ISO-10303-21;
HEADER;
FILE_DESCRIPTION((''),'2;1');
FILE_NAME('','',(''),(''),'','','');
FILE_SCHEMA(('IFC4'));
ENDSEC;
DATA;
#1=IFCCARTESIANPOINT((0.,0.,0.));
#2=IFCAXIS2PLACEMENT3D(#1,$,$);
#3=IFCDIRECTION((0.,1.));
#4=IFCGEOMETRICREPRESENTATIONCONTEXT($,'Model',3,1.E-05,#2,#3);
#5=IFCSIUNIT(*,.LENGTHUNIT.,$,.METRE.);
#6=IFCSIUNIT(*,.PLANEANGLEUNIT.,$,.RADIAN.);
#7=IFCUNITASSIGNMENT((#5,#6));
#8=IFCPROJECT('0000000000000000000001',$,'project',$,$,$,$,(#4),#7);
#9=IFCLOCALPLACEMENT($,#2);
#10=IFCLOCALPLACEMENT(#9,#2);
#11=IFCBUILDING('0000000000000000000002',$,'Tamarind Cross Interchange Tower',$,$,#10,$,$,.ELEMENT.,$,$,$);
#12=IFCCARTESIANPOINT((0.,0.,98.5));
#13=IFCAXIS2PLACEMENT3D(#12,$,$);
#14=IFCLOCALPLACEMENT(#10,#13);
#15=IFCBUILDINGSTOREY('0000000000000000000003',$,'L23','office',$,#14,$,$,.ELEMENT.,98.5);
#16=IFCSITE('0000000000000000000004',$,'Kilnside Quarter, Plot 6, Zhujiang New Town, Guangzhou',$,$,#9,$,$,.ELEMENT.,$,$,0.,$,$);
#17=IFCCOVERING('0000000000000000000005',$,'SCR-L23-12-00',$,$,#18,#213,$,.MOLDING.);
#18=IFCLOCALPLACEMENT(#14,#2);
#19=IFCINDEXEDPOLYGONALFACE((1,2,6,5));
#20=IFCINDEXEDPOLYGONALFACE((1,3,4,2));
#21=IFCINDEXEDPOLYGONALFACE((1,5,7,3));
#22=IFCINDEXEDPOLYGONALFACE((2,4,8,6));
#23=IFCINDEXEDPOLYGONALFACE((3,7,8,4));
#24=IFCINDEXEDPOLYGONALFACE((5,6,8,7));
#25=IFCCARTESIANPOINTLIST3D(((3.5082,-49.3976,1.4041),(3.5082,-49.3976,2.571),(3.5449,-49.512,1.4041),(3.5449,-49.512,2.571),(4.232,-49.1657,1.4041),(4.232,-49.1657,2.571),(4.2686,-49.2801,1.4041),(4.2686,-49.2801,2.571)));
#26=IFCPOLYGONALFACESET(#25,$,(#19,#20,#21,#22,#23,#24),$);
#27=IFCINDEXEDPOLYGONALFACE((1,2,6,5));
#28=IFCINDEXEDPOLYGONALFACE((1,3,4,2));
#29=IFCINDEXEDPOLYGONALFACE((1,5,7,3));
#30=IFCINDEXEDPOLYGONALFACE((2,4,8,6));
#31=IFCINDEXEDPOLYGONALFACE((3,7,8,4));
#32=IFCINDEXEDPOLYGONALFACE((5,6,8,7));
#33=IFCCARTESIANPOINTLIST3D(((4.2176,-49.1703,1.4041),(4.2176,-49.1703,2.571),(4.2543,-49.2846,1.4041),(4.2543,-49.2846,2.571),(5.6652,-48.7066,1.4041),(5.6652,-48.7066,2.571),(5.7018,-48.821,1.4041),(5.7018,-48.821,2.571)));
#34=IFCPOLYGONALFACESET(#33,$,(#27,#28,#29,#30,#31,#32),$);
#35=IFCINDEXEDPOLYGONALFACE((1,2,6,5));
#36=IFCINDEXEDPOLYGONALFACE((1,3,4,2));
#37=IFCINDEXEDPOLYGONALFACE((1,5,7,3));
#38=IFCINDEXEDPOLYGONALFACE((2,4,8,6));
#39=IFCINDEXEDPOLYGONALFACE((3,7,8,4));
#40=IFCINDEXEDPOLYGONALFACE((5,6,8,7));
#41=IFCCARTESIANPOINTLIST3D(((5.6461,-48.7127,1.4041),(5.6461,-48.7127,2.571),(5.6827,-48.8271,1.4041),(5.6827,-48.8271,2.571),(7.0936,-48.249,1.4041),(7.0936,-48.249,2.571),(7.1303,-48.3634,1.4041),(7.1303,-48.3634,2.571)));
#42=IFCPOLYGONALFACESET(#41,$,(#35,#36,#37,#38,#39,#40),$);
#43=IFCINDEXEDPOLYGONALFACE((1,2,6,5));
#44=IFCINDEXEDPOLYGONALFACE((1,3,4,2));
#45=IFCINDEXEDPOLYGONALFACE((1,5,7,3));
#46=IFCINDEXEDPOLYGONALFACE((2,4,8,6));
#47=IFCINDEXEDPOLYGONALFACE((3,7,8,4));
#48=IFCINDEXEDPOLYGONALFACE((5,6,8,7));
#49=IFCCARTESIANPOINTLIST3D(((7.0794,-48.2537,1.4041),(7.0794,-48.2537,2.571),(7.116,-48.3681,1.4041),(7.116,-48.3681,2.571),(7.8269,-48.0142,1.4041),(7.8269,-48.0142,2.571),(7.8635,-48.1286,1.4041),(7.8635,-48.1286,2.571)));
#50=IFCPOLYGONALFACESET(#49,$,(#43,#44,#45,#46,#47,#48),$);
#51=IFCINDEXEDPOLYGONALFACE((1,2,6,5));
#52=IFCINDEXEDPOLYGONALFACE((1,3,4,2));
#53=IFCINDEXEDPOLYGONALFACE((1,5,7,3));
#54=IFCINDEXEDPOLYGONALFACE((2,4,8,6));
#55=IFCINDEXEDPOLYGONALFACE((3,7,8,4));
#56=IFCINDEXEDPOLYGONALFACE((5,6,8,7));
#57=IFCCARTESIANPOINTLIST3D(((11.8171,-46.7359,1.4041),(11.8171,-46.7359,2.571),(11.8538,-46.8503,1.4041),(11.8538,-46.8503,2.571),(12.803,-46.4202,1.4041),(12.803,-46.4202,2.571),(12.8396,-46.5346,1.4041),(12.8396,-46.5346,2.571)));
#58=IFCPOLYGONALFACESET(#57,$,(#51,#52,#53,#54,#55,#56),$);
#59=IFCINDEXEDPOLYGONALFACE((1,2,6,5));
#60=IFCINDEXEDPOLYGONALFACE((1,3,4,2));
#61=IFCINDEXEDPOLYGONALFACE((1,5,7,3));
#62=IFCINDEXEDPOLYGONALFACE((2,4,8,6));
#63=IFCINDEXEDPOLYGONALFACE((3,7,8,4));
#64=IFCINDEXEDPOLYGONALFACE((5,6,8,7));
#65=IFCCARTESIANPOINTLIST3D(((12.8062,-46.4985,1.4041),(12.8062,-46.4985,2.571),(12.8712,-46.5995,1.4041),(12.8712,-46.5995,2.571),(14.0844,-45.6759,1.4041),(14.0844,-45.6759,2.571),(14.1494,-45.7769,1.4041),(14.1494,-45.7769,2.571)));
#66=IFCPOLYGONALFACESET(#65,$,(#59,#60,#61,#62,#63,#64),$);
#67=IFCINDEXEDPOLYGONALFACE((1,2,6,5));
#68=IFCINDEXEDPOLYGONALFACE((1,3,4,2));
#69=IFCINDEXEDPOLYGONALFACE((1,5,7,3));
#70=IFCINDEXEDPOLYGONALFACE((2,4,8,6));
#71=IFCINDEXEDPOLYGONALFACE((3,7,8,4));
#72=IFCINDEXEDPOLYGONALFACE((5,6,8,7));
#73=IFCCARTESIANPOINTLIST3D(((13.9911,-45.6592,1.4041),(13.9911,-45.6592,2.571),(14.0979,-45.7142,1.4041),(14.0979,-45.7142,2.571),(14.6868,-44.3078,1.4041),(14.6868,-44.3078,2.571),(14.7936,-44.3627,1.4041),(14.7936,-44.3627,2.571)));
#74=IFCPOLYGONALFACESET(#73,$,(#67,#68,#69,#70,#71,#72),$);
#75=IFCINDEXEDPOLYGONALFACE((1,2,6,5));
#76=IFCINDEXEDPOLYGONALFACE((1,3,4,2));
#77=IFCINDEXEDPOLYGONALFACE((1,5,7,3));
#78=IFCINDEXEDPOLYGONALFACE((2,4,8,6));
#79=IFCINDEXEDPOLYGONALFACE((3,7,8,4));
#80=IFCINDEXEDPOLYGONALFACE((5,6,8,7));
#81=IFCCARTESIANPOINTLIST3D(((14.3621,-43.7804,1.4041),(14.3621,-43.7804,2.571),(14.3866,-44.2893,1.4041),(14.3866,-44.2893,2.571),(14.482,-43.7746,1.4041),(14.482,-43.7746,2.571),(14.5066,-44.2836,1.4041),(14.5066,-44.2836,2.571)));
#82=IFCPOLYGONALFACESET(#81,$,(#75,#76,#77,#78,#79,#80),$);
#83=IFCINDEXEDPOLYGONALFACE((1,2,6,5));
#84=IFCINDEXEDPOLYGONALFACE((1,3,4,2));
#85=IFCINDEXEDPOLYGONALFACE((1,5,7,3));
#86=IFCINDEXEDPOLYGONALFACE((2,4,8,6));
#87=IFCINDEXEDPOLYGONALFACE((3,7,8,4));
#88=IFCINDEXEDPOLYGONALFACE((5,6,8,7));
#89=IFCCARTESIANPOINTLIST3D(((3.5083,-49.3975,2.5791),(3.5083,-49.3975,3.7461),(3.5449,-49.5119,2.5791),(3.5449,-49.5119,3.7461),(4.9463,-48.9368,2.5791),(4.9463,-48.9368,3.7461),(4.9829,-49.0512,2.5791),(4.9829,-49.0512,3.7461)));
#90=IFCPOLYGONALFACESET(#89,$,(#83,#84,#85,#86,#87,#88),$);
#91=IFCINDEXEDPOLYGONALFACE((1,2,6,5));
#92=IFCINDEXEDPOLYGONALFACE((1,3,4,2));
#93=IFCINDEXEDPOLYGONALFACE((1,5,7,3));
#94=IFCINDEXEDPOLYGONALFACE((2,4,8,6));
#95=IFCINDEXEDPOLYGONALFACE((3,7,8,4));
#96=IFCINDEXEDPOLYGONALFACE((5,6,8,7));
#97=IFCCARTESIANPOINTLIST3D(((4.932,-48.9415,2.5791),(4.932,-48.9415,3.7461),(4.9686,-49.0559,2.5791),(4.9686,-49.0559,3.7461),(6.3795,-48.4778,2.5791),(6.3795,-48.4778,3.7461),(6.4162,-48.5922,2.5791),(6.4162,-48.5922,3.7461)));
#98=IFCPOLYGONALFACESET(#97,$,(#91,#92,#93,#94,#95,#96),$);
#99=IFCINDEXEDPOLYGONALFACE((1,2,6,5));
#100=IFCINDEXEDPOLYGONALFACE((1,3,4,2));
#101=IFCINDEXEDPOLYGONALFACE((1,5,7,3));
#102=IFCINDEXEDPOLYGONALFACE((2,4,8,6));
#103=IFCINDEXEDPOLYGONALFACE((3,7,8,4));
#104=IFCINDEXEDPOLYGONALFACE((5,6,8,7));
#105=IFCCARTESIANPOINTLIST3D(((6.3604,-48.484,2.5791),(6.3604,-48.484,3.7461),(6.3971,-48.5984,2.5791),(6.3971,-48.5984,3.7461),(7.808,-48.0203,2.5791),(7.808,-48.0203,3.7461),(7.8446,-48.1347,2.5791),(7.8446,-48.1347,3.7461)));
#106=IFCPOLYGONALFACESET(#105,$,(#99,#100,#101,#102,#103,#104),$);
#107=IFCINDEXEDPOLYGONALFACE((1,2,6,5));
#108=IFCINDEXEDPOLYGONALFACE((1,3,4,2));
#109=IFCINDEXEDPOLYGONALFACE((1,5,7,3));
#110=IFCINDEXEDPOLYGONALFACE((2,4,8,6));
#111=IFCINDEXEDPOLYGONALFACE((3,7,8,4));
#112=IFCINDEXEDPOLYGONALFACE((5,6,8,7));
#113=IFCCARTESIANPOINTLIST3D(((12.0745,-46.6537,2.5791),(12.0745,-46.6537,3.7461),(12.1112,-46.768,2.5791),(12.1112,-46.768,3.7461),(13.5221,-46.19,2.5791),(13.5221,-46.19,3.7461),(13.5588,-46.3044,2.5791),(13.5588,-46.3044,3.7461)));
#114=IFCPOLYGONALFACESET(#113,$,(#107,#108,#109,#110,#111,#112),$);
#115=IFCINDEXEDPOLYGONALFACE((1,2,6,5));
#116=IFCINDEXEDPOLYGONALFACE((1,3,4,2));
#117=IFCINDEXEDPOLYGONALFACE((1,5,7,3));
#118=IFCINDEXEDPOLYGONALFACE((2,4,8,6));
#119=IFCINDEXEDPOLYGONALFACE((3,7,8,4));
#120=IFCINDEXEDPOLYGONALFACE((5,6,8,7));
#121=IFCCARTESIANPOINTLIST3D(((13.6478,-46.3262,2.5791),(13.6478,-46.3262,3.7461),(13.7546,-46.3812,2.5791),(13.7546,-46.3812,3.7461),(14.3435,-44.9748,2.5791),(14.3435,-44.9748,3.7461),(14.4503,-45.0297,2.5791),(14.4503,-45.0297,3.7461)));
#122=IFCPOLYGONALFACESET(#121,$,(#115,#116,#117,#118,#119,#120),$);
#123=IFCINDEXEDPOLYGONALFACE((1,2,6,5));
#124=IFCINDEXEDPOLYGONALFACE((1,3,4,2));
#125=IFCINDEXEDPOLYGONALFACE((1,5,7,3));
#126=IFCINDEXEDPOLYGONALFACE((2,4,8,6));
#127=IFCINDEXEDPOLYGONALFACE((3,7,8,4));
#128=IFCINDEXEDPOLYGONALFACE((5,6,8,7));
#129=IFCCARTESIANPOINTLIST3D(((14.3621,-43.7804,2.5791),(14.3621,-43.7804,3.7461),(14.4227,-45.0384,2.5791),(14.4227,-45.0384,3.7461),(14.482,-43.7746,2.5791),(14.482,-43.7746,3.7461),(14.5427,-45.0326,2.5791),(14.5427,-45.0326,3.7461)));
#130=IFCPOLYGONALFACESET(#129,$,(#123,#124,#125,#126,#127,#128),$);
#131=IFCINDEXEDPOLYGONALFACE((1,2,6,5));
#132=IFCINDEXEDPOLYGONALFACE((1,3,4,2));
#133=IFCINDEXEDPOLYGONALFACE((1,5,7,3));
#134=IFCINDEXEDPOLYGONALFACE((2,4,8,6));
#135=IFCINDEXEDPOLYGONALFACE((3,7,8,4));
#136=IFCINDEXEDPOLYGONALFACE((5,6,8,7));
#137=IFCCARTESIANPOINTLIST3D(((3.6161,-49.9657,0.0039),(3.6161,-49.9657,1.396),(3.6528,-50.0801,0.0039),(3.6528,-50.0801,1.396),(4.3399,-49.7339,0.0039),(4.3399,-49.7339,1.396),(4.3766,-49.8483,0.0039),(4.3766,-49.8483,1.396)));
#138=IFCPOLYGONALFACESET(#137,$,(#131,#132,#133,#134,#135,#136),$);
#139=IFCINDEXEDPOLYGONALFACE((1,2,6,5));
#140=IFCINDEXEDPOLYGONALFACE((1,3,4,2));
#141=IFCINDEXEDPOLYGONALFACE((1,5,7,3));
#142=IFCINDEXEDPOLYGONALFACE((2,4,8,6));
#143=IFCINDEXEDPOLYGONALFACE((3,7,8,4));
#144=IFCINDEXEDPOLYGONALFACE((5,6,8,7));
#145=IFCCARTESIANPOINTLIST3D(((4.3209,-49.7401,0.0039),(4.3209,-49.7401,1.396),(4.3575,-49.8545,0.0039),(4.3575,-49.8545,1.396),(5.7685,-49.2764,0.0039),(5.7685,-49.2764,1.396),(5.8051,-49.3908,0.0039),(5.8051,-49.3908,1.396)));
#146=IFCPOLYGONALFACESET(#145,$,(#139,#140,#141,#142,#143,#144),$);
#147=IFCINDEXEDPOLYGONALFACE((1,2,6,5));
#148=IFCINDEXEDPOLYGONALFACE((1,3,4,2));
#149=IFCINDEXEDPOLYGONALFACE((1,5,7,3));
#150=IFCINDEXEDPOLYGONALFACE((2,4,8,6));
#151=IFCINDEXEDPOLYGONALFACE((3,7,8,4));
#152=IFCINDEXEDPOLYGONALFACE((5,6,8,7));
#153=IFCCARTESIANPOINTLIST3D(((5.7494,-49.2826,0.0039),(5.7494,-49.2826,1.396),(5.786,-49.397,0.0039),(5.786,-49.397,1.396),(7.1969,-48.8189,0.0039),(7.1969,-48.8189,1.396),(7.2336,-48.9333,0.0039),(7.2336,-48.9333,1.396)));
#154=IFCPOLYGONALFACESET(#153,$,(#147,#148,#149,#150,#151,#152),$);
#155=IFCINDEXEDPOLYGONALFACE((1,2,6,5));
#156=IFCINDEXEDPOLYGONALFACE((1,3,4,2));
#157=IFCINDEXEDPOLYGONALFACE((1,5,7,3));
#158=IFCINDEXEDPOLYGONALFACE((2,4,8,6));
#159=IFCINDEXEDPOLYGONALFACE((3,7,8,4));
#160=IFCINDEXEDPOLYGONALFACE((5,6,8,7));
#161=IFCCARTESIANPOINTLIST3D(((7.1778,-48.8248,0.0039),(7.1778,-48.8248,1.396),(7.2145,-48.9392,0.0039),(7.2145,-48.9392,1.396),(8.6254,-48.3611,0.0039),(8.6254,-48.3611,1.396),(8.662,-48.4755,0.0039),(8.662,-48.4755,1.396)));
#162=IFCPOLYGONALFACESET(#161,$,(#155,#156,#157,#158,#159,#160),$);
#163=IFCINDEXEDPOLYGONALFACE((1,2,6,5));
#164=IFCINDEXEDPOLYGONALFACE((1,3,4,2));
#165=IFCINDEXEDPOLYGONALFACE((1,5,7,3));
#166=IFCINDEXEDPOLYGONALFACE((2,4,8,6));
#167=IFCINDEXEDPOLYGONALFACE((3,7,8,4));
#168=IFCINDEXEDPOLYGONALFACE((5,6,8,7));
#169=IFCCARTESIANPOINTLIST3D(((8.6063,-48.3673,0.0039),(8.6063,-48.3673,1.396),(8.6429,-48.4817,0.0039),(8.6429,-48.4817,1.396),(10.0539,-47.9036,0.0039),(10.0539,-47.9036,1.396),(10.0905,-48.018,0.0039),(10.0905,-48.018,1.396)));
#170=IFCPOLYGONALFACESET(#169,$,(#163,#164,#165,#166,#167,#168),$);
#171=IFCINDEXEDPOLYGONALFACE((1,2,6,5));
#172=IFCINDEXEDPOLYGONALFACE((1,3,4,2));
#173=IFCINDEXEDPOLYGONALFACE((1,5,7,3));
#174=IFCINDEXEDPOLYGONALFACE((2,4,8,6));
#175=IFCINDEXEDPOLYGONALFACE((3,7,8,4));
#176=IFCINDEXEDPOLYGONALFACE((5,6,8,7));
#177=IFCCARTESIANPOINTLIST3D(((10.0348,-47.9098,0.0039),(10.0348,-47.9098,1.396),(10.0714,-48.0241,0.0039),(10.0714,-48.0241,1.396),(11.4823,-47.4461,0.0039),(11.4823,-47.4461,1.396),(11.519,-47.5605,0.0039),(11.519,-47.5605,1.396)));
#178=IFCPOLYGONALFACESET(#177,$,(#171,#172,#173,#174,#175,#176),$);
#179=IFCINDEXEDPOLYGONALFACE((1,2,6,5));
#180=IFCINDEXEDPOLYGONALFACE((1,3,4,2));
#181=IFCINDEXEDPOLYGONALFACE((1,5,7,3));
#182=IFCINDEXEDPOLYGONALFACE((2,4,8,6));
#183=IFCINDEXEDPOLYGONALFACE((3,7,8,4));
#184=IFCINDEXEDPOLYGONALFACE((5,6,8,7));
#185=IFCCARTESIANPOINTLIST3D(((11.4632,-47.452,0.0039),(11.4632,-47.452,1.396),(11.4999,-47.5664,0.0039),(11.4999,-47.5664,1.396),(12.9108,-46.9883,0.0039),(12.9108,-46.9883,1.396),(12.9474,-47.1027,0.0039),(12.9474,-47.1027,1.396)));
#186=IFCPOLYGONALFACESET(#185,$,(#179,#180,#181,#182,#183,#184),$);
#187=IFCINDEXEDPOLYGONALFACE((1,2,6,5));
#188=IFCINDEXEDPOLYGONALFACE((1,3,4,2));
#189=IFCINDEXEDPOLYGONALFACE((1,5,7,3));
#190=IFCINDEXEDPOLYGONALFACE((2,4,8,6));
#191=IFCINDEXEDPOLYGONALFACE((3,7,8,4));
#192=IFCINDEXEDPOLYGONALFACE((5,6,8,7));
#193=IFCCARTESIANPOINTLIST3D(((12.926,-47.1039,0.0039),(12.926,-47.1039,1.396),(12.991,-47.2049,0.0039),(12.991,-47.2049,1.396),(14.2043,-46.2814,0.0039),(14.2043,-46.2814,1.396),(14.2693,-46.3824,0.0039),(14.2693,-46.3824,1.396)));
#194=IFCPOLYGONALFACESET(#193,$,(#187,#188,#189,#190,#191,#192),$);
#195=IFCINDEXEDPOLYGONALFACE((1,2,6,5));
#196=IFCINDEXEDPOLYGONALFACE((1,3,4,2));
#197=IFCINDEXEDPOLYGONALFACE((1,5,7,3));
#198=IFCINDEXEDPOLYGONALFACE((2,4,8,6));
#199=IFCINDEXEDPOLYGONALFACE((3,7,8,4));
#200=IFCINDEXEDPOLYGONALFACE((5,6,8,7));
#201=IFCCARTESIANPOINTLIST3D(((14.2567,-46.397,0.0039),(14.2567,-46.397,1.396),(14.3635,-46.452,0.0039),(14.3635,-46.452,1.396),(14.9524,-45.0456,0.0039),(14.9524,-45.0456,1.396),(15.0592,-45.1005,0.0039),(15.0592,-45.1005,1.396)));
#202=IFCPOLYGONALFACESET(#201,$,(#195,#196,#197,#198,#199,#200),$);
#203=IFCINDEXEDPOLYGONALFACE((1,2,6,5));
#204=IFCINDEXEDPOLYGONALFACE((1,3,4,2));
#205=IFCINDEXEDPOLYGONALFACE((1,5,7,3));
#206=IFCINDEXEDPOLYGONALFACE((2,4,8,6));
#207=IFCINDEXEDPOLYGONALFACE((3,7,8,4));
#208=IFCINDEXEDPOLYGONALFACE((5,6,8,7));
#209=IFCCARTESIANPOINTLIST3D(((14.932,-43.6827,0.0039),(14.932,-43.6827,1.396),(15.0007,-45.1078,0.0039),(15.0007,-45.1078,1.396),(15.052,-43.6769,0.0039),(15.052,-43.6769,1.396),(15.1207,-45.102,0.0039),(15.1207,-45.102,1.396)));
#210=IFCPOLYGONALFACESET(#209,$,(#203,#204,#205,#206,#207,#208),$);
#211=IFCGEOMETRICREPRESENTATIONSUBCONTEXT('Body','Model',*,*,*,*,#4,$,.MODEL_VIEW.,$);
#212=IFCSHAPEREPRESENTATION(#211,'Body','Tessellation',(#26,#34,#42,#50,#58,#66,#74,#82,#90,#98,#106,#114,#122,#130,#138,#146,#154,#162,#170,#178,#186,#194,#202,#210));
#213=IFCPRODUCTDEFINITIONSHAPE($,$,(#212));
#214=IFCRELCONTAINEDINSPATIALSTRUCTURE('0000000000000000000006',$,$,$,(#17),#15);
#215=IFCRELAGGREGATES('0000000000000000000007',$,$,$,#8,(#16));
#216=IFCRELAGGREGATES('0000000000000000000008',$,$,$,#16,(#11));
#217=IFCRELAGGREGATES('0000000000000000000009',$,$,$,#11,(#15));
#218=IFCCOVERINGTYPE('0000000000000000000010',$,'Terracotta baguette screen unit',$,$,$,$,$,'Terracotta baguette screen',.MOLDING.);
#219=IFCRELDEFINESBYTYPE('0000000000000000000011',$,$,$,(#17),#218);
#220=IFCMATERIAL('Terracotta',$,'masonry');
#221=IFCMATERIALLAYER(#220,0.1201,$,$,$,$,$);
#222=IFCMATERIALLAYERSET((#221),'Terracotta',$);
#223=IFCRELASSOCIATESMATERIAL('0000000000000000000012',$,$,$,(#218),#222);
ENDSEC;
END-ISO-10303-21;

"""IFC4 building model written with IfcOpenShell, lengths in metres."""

from ifc_helpers import new_model, si_unit, direction, frame, origin, origin_2d, place, context, subcontext, project, spatial, rectangle, extrude, material, layer, layer_set, type_object, element, save


model = new_model("IFC4")

# Units and contexts
model_context = context("Model", 3, precision=1e-05, world=origin(), true_north=direction((0.0, 1.0)))
body_context = subcontext(model_context, "Body", "Model", "MODEL_VIEW")
ifc_project = project(units=[si_unit("LENGTHUNIT", "METRE"), si_unit("PLANEANGLEUNIT", "RADIAN")], contexts=[model_context])

# Site, building, storey
site_placement = place(None, origin())
site = spatial("IfcSite", under=ifc_project, at=site_placement, Name="Kilnside Quarter, Plot 6, Zhujiang New Town, Guangzhou", CompositionType="ELEMENT", RefElevation=0.0)
building_placement = place(site_placement, origin())
building = spatial("IfcBuilding", under=site, at=building_placement, Name="Tamarind Cross Interchange Tower", CompositionType="ELEMENT")
storey_placement = place(building_placement, frame((0.0, 0.0, 98.5)))
storey = spatial("IfcBuildingStorey", under=building, at=storey_placement, Name="L23", Description="office", CompositionType="ELEMENT", Elevation=98.5)

# Covering
ifc_material_1 = material(Name="Terracotta", Category="masonry")
ifc_layer_1 = layer(ifc_material_1, 0.1201)
ifc_layer_set_1 = layer_set([ifc_layer_1], Name="Terracotta")
covering_type = type_object("IfcCoveringType", Name="Terracotta baguette screen unit", ElementType="Terracotta baguette screen", PredefinedType="MOLDING", material=ifc_layer_set_1)
covering_1_placement = place(storey_placement, origin())
element("IfcCovering", 1, at=covering_1_placement, inside=storey, type_object=covering_type, Name="SCR-L23-12-00", PredefinedType="MOLDING", context=body_context, shape_type="SweptSolid", body=[
    extrude(rectangle(XDim=0.76, YDim=0.1201, at=origin_2d()), frame((3.8884, -49.3389, 1.4041), z_axis=(0.0, 0.0, 1.0), x_axis=(0.952334, 0.305057, 0.0)), (0.0, 0.0, 1.0), 1.167),
    extrude(rectangle(XDim=1.52, YDim=0.1201, at=origin_2d()), frame((4.9597, -48.9956, 1.4041), z_axis=(0.0, 0.0, 1.0), x_axis=(0.952334, 0.305057, 0.0)), (0.0, 0.0, 1.0), 1.167),
    extrude(rectangle(XDim=1.52, YDim=0.1201, at=origin_2d()), frame((6.3882, -48.5381, 1.4041), z_axis=(0.0, 0.0, 1.0), x_axis=(0.952334, 0.305057, 0.0)), (0.0, 0.0, 1.0), 1.167),
    extrude(rectangle(XDim=0.7849, YDim=0.1201, at=origin_2d()), frame((7.4714, -48.1912, 1.4041), z_axis=(0.0, 0.0, 1.0), x_axis=(0.952334, 0.305057, 0.0)), (0.0, 0.0, 1.0), 1.167),
    extrude(rectangle(XDim=1.0352, YDim=0.1201, at=origin_2d()), frame((12.3284, -46.6353, 1.4041), z_axis=(0.0, 0.0, 1.0), x_axis=(0.952334, 0.305057, 0.0)), (0.0, 0.0, 1.0), 1.167),
    extrude(rectangle(XDim=1.52, YDim=0.1201, at=origin_2d()), frame((13.4778, -46.1377, 1.4041), z_axis=(0.0, 0.0, 1.0), x_axis=(0.840929, 0.541145, 0.0)), (0.0, 0.0, 1.0), 1.167),
    extrude(rectangle(XDim=1.52, YDim=0.1201, at=origin_2d()), frame((14.3923, -45.011, 1.4041), z_axis=(0.0, 0.0, 1.0), x_axis=(0.457694, 0.88911, 0.0)), (0.0, 0.0, 1.0), 1.167),
    extrude(rectangle(XDim=0.5095, YDim=0.1201, at=origin_2d()), frame((14.4343, -44.032, 1.4041), z_axis=(0.0, 0.0, 1.0), x_axis=(-0.04818, 0.998839, 0.0)), (0.0, 0.0, 1.0), 1.167),
    extrude(rectangle(XDim=1.51, YDim=0.1201, at=origin_2d()), frame((4.2456, -49.2244, 2.5791), z_axis=(0.0, 0.0, 1.0), x_axis=(0.952334, 0.305057, 0.0)), (0.0, 0.0, 1.0), 1.167),
    extrude(rectangle(XDim=1.52, YDim=0.1201, at=origin_2d()), frame((5.6741, -48.7668, 2.5791), z_axis=(0.0, 0.0, 1.0), x_axis=(0.952334, 0.305057, 0.0)), (0.0, 0.0, 1.0), 1.167),
    extrude(rectangle(XDim=1.52, YDim=0.1201, at=origin_2d()), frame((7.1025, -48.3093, 2.5791), z_axis=(0.0, 0.0, 1.0), x_axis=(0.952334, 0.305057, 0.0)), (0.0, 0.0, 1.0), 1.167),
    extrude(rectangle(XDim=1.52, YDim=0.1201, at=origin_2d()), frame((12.8167, -46.479, 2.5791), z_axis=(0.0, 0.0, 1.0), x_axis=(0.952334, 0.305057, 0.0)), (0.0, 0.0, 1.0), 1.167),
    extrude(rectangle(XDim=1.52, YDim=0.1201, at=origin_2d()), frame((14.0491, -45.678, 2.5791), z_axis=(0.0, 0.0, 1.0), x_axis=(0.457694, 0.88911, 0.0)), (0.0, 0.0, 1.0), 1.167),
    extrude(rectangle(XDim=1.2595, YDim=0.1201, at=origin_2d()), frame((14.4524, -44.4065, 2.5791), z_axis=(0.0, 0.0, 1.0), x_axis=(-0.04818, 0.998839, 0.0)), (0.0, 0.0, 1.0), 1.167),
    extrude(rectangle(XDim=0.76, YDim=0.1201, at=origin_2d()), frame((3.9963, -49.907, 0.0039), z_axis=(0.0, 0.0, 1.0), x_axis=(0.952334, 0.305057, 0.0)), (0.0, 0.0, 1.0), 1.3921),
    extrude(rectangle(XDim=1.52, YDim=0.1201, at=origin_2d()), frame((5.063, -49.5654, 0.0039), z_axis=(0.0, 0.0, 1.0), x_axis=(0.952334, 0.305057, 0.0)), (0.0, 0.0, 1.0), 1.3921),
    extrude(rectangle(XDim=1.52, YDim=0.1201, at=origin_2d()), frame((6.4915, -49.1079, 0.0039), z_axis=(0.0, 0.0, 1.0), x_axis=(0.952334, 0.305057, 0.0)), (0.0, 0.0, 1.0), 1.3921),
    extrude(rectangle(XDim=1.52, YDim=0.1201, at=origin_2d()), frame((7.9199, -48.6501, 0.0039), z_axis=(0.0, 0.0, 1.0), x_axis=(0.952334, 0.305057, 0.0)), (0.0, 0.0, 1.0), 1.3921),
    extrude(rectangle(XDim=1.52, YDim=0.1201, at=origin_2d()), frame((9.3484, -48.1926, 0.0039), z_axis=(0.0, 0.0, 1.0), x_axis=(0.952334, 0.305057, 0.0)), (0.0, 0.0, 1.0), 1.3921),
    extrude(rectangle(XDim=1.52, YDim=0.1201, at=origin_2d()), frame((10.7769, -47.7351, 0.0039), z_axis=(0.0, 0.0, 1.0), x_axis=(0.952334, 0.305057, 0.0)), (0.0, 0.0, 1.0), 1.3921),
    extrude(rectangle(XDim=1.52, YDim=0.1201, at=origin_2d()), frame((12.2053, -47.2773, 0.0039), z_axis=(0.0, 0.0, 1.0), x_axis=(0.952334, 0.305057, 0.0)), (0.0, 0.0, 1.0), 1.3921),
    extrude(rectangle(XDim=1.52, YDim=0.1201, at=origin_2d()), frame((13.5977, -46.7432, 0.0039), z_axis=(0.0, 0.0, 1.0), x_axis=(0.840929, 0.541145, 0.0)), (0.0, 0.0, 1.0), 1.3921),
    extrude(rectangle(XDim=1.52, YDim=0.1201, at=origin_2d()), frame((14.658, -45.7488, 0.0039), z_axis=(0.0, 0.0, 1.0), x_axis=(0.457694, 0.88911, 0.0)), (0.0, 0.0, 1.0), 1.3921),
    extrude(rectangle(XDim=1.4268, YDim=0.1201, at=origin_2d()), frame((15.0264, -44.3923, 0.0039), z_axis=(0.0, 0.0, 1.0), x_axis=(-0.04818, 0.998839, 0.0)), (0.0, 0.0, 1.0), 1.3921),
])

save(model, "model.ifc")
